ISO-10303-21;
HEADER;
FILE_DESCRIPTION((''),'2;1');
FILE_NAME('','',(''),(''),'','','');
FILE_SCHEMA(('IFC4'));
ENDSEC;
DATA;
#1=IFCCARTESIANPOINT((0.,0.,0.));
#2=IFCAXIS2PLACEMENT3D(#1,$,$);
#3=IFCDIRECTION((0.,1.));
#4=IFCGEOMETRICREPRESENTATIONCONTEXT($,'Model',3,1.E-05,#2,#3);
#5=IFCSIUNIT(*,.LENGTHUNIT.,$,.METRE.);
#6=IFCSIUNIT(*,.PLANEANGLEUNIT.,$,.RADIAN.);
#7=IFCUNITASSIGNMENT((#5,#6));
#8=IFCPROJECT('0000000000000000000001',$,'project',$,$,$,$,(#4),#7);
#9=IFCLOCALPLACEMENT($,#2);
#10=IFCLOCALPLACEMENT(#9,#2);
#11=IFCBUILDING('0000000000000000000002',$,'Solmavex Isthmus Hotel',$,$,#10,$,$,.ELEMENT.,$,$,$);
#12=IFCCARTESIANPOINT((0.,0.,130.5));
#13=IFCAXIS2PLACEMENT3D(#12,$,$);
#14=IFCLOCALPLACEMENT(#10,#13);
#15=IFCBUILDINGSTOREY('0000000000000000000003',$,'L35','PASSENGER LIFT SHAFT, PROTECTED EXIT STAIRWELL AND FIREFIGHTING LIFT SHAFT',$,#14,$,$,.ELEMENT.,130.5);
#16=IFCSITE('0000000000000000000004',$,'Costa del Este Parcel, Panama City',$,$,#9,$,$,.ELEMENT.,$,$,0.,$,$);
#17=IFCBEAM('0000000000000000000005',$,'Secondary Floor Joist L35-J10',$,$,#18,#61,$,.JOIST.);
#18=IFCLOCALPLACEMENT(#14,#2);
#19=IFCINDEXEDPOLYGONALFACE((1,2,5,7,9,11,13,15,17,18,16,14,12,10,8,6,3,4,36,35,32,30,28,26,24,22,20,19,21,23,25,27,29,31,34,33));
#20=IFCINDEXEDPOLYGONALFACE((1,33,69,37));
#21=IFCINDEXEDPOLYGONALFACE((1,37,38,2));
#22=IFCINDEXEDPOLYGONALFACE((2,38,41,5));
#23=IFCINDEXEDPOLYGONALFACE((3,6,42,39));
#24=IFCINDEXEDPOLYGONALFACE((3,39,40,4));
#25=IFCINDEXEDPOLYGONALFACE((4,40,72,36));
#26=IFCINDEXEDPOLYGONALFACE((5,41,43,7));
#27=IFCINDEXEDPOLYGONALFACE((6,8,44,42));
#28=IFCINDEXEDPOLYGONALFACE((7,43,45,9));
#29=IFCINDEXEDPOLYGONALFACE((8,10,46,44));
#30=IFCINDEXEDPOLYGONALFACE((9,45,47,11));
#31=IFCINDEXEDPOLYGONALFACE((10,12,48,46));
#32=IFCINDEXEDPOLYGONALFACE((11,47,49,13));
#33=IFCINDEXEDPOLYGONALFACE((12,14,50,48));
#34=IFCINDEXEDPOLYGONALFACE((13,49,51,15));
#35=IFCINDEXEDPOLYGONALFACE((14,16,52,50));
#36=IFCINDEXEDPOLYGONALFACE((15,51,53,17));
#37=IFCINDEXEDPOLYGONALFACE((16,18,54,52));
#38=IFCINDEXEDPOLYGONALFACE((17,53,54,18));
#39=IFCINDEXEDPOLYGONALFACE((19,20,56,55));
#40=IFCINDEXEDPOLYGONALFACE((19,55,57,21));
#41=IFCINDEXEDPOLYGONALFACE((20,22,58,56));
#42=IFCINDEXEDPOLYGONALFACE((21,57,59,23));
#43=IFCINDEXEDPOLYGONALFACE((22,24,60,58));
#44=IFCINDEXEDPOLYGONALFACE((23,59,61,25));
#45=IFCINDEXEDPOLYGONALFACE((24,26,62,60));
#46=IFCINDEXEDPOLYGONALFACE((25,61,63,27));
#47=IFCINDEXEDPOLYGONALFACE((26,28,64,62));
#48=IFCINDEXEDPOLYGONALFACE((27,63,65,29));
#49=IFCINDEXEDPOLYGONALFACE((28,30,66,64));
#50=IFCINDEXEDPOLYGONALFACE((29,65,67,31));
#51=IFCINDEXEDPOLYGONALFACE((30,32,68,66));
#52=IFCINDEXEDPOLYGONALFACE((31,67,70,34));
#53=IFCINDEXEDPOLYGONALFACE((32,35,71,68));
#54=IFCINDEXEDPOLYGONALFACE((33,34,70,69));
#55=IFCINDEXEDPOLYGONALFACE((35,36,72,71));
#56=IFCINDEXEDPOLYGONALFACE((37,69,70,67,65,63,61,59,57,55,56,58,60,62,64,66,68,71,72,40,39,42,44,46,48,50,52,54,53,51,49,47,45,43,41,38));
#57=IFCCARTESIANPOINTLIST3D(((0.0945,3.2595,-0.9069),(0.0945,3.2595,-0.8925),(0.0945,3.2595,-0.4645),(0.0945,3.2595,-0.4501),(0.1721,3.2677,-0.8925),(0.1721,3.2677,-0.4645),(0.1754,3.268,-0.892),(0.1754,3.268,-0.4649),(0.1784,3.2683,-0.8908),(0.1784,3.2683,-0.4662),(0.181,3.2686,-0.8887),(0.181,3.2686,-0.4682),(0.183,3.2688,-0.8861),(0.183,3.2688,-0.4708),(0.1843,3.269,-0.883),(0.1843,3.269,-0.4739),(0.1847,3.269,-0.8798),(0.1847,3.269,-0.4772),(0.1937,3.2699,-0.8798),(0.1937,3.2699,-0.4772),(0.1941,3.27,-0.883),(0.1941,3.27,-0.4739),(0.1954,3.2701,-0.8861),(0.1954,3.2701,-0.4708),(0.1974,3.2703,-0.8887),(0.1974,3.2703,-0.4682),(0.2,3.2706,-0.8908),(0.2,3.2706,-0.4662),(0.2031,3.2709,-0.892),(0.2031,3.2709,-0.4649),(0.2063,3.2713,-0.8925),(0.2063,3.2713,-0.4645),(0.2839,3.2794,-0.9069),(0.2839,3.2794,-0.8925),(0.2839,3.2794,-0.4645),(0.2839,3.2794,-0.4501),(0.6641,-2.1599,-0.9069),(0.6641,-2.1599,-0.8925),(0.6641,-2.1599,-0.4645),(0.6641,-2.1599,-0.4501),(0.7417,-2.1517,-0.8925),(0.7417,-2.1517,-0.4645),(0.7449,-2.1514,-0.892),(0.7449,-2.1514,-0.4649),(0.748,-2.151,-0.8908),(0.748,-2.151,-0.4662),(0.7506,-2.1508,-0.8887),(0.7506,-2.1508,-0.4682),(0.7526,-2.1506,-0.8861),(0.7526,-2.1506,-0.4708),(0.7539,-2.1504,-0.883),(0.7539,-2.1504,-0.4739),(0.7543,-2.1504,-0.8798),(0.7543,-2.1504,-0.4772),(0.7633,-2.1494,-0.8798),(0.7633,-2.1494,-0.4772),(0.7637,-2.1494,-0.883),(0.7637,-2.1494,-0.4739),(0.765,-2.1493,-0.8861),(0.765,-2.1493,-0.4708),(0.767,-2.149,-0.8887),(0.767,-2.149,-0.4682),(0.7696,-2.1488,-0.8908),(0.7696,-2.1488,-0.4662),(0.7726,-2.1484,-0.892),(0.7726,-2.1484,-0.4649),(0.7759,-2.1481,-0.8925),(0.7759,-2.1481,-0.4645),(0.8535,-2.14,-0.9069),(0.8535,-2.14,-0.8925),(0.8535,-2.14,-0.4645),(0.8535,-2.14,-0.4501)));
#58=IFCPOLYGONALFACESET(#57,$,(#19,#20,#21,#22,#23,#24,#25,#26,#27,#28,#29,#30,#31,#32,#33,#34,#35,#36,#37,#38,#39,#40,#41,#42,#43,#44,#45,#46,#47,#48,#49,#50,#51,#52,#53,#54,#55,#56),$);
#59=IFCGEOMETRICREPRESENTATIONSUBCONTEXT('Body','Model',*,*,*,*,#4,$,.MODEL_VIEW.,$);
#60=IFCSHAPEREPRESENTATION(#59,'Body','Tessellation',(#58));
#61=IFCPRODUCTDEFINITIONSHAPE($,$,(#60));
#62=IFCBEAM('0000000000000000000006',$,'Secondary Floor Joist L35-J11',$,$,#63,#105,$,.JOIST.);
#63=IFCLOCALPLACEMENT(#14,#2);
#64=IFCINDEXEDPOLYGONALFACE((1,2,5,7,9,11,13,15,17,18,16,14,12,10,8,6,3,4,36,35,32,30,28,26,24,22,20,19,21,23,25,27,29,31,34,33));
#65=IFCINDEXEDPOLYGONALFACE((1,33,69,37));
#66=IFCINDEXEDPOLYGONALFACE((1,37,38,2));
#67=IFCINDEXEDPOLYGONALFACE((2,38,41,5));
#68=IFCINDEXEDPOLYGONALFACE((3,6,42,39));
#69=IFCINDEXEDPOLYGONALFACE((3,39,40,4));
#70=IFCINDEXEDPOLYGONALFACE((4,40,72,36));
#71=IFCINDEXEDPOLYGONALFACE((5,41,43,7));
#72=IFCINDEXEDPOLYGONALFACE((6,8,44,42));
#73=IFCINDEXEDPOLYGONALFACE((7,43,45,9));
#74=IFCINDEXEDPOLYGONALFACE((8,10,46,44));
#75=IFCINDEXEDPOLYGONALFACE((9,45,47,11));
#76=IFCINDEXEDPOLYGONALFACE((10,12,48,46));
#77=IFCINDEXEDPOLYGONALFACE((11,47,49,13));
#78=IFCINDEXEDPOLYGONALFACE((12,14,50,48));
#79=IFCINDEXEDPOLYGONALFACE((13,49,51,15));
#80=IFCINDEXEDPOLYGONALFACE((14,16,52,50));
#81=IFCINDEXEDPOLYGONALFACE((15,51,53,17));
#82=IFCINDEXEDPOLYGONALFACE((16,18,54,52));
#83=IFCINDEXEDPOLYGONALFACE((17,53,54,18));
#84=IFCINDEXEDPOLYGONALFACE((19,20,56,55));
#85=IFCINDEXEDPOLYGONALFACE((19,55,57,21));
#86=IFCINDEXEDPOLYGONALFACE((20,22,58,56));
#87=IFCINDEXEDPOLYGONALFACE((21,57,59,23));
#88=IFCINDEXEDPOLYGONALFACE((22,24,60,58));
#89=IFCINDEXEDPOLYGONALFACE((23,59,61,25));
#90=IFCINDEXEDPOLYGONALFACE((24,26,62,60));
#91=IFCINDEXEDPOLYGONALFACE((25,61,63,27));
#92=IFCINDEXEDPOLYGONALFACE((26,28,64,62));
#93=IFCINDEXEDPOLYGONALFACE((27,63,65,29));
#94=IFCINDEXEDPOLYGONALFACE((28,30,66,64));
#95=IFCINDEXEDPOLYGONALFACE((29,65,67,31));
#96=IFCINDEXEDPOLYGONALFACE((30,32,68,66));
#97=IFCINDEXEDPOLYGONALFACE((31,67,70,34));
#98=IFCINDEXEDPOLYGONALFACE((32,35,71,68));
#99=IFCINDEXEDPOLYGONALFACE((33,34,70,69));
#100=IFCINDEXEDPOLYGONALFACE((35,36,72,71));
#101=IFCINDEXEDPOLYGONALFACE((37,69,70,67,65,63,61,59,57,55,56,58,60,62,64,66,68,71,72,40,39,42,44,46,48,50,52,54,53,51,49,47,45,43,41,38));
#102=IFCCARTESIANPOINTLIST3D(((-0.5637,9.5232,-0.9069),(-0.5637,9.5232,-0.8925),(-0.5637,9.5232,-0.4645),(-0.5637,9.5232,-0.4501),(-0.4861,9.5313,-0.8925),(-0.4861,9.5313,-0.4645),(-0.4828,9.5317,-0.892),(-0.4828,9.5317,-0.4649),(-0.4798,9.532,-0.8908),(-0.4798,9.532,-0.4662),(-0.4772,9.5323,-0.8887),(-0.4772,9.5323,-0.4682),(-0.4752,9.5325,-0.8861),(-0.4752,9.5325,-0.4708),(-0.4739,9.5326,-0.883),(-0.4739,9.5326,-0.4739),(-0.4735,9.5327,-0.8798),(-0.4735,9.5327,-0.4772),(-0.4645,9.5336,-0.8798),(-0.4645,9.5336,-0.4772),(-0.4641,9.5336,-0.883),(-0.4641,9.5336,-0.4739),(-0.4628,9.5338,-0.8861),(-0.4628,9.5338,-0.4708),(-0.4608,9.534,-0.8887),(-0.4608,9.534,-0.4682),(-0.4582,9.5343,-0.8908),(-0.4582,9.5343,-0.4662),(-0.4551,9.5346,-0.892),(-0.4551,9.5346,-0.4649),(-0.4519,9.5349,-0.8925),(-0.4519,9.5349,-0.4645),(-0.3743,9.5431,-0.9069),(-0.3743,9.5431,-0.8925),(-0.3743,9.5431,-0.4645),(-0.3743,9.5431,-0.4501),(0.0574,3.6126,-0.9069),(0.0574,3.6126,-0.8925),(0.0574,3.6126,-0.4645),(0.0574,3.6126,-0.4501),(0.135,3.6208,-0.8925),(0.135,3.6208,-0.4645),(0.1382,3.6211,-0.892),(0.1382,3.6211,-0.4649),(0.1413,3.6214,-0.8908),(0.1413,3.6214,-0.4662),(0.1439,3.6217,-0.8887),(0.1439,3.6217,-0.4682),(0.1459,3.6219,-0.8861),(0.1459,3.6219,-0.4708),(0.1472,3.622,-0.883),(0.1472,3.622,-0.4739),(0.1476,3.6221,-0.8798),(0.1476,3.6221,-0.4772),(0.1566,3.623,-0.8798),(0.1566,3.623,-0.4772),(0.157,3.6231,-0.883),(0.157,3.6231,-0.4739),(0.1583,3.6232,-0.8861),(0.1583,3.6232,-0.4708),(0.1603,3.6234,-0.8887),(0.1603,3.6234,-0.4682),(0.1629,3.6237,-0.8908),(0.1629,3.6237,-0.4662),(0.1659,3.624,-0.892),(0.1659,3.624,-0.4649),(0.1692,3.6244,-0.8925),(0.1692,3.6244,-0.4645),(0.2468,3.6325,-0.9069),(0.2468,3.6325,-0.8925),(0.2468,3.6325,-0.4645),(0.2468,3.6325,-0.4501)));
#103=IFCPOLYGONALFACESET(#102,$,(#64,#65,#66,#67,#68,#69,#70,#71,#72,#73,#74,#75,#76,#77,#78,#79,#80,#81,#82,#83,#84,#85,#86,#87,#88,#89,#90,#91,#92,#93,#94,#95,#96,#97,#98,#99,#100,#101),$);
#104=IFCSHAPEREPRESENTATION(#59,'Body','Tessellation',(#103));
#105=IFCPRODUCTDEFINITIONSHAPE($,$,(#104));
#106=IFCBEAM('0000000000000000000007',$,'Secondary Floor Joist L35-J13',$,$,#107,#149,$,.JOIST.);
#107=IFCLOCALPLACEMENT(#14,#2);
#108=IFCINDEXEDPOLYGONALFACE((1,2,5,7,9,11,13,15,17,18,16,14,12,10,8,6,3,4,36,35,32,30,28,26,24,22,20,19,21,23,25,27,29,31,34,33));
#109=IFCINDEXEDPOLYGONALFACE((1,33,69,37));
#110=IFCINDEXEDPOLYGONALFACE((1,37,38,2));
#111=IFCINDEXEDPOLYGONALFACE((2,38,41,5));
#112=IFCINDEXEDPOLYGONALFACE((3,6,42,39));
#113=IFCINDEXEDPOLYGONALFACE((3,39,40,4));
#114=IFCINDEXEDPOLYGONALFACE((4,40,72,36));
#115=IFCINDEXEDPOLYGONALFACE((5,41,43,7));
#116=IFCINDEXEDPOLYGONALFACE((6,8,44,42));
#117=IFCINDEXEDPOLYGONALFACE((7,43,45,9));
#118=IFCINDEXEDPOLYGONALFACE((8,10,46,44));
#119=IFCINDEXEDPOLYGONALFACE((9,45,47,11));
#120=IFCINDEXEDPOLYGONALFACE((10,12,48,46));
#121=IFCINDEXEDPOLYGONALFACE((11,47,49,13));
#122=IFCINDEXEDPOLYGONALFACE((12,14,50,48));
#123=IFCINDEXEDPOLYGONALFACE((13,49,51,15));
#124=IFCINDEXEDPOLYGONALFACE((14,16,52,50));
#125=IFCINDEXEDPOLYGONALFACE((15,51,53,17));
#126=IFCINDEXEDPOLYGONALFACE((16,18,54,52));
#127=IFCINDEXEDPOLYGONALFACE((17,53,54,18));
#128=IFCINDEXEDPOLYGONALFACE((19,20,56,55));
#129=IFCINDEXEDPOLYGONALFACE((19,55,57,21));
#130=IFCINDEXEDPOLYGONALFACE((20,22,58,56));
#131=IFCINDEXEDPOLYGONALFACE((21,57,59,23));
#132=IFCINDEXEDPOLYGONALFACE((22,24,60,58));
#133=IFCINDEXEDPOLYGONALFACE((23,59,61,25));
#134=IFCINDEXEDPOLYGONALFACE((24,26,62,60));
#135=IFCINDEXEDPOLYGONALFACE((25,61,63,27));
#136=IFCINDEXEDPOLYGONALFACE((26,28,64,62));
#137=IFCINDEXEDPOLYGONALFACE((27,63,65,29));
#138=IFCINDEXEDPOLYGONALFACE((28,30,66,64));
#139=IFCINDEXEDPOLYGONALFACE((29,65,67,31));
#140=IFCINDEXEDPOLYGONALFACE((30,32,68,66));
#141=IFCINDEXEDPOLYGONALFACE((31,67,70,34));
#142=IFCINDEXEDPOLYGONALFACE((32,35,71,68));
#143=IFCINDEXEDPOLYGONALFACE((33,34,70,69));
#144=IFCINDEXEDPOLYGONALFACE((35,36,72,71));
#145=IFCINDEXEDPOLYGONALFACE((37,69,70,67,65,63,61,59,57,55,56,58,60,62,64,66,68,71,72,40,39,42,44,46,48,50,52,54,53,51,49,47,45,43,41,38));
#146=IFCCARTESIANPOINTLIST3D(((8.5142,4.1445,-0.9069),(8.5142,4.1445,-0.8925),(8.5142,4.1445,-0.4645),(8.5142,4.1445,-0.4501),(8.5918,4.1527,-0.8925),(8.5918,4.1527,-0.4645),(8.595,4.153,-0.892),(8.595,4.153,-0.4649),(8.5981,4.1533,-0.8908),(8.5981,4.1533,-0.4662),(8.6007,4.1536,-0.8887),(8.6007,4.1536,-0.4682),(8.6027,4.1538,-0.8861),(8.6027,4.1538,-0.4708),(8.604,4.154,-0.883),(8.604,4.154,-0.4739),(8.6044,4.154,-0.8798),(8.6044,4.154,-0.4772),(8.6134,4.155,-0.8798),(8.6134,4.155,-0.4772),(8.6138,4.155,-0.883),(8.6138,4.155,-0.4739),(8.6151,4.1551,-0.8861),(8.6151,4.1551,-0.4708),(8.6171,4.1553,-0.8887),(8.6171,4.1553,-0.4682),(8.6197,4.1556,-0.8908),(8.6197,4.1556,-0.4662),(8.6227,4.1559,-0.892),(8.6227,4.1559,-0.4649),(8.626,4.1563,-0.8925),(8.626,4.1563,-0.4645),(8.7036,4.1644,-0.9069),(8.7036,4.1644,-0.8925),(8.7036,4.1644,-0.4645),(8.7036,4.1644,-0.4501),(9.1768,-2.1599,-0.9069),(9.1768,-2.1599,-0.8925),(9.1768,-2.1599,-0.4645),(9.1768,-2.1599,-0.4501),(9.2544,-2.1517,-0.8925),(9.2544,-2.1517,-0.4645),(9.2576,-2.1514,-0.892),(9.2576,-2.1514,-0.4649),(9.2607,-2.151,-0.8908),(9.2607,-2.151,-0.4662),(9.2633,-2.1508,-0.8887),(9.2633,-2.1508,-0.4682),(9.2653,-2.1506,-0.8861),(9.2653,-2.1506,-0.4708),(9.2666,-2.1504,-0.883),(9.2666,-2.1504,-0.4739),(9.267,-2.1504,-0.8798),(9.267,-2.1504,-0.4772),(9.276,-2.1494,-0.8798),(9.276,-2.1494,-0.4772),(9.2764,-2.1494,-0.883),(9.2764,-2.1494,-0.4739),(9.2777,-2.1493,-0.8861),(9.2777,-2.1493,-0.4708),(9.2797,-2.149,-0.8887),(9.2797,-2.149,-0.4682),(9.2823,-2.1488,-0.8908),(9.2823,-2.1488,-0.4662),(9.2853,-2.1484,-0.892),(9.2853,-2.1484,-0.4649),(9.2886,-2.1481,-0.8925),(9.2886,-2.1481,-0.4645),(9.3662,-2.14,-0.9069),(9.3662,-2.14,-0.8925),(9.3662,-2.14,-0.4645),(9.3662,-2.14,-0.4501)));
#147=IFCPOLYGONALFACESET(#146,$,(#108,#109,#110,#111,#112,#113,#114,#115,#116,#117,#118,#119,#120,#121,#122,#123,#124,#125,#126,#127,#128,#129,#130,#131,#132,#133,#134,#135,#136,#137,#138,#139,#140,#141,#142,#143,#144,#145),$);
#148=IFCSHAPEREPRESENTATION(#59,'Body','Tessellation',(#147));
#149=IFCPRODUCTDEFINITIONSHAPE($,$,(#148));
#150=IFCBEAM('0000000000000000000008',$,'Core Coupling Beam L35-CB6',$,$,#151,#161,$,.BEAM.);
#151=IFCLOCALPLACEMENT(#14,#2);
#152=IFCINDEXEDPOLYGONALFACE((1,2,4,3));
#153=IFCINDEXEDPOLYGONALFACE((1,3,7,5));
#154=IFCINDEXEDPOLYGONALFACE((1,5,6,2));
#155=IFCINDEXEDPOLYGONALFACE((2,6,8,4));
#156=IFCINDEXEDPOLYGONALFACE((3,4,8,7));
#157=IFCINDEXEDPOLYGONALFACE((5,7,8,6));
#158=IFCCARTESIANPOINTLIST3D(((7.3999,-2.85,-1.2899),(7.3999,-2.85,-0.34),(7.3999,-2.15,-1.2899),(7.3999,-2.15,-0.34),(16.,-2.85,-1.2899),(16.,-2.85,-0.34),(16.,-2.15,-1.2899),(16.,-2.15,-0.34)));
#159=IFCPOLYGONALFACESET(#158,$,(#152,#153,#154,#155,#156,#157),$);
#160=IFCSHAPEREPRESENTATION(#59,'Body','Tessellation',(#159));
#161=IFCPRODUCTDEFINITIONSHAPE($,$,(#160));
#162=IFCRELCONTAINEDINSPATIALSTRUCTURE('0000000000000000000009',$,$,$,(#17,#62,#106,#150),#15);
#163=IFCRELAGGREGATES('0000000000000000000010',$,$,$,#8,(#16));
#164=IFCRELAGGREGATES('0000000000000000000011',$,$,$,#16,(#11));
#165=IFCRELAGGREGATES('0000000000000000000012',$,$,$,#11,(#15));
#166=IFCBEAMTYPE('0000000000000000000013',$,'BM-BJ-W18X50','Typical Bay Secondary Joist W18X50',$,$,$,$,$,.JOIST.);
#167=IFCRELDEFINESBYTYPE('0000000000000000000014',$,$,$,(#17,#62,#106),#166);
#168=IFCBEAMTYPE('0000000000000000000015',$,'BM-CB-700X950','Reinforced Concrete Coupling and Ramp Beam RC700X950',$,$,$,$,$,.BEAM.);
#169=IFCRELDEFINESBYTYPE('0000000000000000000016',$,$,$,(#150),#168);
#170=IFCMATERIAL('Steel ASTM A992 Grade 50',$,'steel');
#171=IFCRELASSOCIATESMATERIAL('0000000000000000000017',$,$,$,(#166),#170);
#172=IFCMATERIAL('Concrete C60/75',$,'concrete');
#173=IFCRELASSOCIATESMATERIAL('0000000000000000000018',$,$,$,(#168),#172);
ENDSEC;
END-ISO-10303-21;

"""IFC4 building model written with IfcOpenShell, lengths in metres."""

from ifc_helpers import new_model, si_unit, direction, frame, origin, origin_2d, place, context, subcontext, project, spatial, rectangle, i_section, extrude, material, material_profile, profile_set, type_object, element, save


model = new_model("IFC4")

# Units and contexts
model_context = context("Model", 3, precision=1e-05, world=origin(), true_north=direction((0.0, 1.0)))
body_context = subcontext(model_context, "Body", "Model", "MODEL_VIEW")
ifc_project = project(units=[si_unit("LENGTHUNIT", "METRE"), si_unit("PLANEANGLEUNIT", "RADIAN")], contexts=[model_context])

# Site, building, storey
site_placement = place(None, origin())
site = spatial("IfcSite", under=ifc_project, at=site_placement, Name="Costa del Este Parcel, Panama City", CompositionType="ELEMENT", RefElevation=0.0)
building_placement = place(site_placement, origin())
building = spatial("IfcBuilding", under=site, at=building_placement, Name="Solmavex Isthmus Hotel", CompositionType="ELEMENT")
storey_placement = place(building_placement, frame((0.0, 0.0, 130.5)))
storey = spatial("IfcBuildingStorey", under=building, at=storey_placement, Name="L35", Description="PASSENGER LIFT SHAFT, PROTECTED EXIT STAIRWELL AND FIREFIGHTING LIFT SHAFT", CompositionType="ELEMENT", Elevation=130.5)

# Shared definitions
ifc_material_1 = material(Name="Concrete C60/75", Category="concrete")

# Beams
ifc_material_2 = material(Name="Steel ASTM A992 Grade 50", Category="steel")
ifc_material_profile_1 = material_profile(ifc_material_2, i_section(OverallWidth=0.1904, OverallDepth=0.4568, WebThickness=0.009, FlangeThickness=0.0144, FilletRadius=0.0127, at=origin_2d()), Name="W18X50")
ifc_profile_set_1 = profile_set([ifc_material_profile_1], Name="Steel ASTM A992 Grade 50")
beam_type_1 = type_object("IfcBeamType", Name="BM-BJ-W18X50", Description="Typical Bay Secondary Joist W18X50", PredefinedType="JOIST", material=ifc_profile_set_1)
beam_1_placement = place(storey_placement, frame((0.7588, -2.1499, -0.6785), z_axis=(-0.104524, 0.994522, 0.0), x_axis=(-0.994522, -0.104524, 0.0)))
element("IfcBeam", 1, at=beam_1_placement, inside=storey, type_object=beam_type_1, Name="Secondary Floor Joist L35-J10", PredefinedType="JOIST", context=body_context, shape_type="SweptSolid", body=[
    extrude(i_section(OverallWidth=0.1904, OverallDepth=0.4568, WebThickness=0.009, FlangeThickness=0.0144, FilletRadius=0.0127, at=origin_2d()), origin(), (0.0, 0.0, 1.0), 5.4492),
])
beam_2_placement = place(storey_placement, frame((0.1521, 3.6226, -0.6785), z_axis=(-0.104505, 0.994524, 0.0), x_axis=(-0.994524, -0.104505, 0.0)))
element("IfcBeam", 2, at=beam_2_placement, inside=storey, type_object=beam_type_1, Name="Secondary Floor Joist L35-J11", PredefinedType="JOIST", context=body_context, shape_type="SweptSolid", body=[
    extrude(i_section(OverallWidth=0.1904, OverallDepth=0.4568, WebThickness=0.009, FlangeThickness=0.0144, FilletRadius=0.0127, at=origin_2d()), origin(), (0.0, 0.0, 1.0), 5.9431),
])
beam_3_placement = place(storey_placement, frame((9.2715, -2.1499, -0.6785), z_axis=(-0.104524, 0.994522, 0.0), x_axis=(-0.994522, -0.104524, 0.0)))
element("IfcBeam", 3, at=beam_3_placement, inside=storey, type_object=beam_type_1, Name="Secondary Floor Joist L35-J13", PredefinedType="JOIST", context=body_context, shape_type="SweptSolid", body=[
    extrude(i_section(OverallWidth=0.1904, OverallDepth=0.4568, WebThickness=0.009, FlangeThickness=0.0144, FilletRadius=0.0127, at=origin_2d()), origin(), (0.0, 0.0, 1.0), 6.3391),
])
ifc_material_profile_2 = material_profile(ifc_material_1, rectangle(XDim=0.7, YDim=0.95, at=origin_2d()), Name="RC700X950")
ifc_profile_set_2 = profile_set([ifc_material_profile_2], Name="Concrete C60/75")
beam_type_2 = type_object("IfcBeamType", Name="BM-CB-700X950", Description="Reinforced Concrete Coupling and Ramp Beam RC700X950", PredefinedType="BEAM", material=ifc_profile_set_2)
beam_4_placement = place(storey_placement, frame((7.3999, -2.5, -0.8149), z_axis=(1.0, 0.0, 0.0), x_axis=(0.0, 1.0, 0.0)))
element("IfcBeam", 4, at=beam_4_placement, inside=storey, type_object=beam_type_2, Name="Core Coupling Beam L35-CB6", PredefinedType="BEAM", context=body_context, shape_type="SweptSolid", body=[
    extrude(rectangle(XDim=0.7, YDim=0.95, at=origin_2d()), origin(), (0.0, 0.0, 1.0), 8.6001),
])

save(model, "model.ifc")
